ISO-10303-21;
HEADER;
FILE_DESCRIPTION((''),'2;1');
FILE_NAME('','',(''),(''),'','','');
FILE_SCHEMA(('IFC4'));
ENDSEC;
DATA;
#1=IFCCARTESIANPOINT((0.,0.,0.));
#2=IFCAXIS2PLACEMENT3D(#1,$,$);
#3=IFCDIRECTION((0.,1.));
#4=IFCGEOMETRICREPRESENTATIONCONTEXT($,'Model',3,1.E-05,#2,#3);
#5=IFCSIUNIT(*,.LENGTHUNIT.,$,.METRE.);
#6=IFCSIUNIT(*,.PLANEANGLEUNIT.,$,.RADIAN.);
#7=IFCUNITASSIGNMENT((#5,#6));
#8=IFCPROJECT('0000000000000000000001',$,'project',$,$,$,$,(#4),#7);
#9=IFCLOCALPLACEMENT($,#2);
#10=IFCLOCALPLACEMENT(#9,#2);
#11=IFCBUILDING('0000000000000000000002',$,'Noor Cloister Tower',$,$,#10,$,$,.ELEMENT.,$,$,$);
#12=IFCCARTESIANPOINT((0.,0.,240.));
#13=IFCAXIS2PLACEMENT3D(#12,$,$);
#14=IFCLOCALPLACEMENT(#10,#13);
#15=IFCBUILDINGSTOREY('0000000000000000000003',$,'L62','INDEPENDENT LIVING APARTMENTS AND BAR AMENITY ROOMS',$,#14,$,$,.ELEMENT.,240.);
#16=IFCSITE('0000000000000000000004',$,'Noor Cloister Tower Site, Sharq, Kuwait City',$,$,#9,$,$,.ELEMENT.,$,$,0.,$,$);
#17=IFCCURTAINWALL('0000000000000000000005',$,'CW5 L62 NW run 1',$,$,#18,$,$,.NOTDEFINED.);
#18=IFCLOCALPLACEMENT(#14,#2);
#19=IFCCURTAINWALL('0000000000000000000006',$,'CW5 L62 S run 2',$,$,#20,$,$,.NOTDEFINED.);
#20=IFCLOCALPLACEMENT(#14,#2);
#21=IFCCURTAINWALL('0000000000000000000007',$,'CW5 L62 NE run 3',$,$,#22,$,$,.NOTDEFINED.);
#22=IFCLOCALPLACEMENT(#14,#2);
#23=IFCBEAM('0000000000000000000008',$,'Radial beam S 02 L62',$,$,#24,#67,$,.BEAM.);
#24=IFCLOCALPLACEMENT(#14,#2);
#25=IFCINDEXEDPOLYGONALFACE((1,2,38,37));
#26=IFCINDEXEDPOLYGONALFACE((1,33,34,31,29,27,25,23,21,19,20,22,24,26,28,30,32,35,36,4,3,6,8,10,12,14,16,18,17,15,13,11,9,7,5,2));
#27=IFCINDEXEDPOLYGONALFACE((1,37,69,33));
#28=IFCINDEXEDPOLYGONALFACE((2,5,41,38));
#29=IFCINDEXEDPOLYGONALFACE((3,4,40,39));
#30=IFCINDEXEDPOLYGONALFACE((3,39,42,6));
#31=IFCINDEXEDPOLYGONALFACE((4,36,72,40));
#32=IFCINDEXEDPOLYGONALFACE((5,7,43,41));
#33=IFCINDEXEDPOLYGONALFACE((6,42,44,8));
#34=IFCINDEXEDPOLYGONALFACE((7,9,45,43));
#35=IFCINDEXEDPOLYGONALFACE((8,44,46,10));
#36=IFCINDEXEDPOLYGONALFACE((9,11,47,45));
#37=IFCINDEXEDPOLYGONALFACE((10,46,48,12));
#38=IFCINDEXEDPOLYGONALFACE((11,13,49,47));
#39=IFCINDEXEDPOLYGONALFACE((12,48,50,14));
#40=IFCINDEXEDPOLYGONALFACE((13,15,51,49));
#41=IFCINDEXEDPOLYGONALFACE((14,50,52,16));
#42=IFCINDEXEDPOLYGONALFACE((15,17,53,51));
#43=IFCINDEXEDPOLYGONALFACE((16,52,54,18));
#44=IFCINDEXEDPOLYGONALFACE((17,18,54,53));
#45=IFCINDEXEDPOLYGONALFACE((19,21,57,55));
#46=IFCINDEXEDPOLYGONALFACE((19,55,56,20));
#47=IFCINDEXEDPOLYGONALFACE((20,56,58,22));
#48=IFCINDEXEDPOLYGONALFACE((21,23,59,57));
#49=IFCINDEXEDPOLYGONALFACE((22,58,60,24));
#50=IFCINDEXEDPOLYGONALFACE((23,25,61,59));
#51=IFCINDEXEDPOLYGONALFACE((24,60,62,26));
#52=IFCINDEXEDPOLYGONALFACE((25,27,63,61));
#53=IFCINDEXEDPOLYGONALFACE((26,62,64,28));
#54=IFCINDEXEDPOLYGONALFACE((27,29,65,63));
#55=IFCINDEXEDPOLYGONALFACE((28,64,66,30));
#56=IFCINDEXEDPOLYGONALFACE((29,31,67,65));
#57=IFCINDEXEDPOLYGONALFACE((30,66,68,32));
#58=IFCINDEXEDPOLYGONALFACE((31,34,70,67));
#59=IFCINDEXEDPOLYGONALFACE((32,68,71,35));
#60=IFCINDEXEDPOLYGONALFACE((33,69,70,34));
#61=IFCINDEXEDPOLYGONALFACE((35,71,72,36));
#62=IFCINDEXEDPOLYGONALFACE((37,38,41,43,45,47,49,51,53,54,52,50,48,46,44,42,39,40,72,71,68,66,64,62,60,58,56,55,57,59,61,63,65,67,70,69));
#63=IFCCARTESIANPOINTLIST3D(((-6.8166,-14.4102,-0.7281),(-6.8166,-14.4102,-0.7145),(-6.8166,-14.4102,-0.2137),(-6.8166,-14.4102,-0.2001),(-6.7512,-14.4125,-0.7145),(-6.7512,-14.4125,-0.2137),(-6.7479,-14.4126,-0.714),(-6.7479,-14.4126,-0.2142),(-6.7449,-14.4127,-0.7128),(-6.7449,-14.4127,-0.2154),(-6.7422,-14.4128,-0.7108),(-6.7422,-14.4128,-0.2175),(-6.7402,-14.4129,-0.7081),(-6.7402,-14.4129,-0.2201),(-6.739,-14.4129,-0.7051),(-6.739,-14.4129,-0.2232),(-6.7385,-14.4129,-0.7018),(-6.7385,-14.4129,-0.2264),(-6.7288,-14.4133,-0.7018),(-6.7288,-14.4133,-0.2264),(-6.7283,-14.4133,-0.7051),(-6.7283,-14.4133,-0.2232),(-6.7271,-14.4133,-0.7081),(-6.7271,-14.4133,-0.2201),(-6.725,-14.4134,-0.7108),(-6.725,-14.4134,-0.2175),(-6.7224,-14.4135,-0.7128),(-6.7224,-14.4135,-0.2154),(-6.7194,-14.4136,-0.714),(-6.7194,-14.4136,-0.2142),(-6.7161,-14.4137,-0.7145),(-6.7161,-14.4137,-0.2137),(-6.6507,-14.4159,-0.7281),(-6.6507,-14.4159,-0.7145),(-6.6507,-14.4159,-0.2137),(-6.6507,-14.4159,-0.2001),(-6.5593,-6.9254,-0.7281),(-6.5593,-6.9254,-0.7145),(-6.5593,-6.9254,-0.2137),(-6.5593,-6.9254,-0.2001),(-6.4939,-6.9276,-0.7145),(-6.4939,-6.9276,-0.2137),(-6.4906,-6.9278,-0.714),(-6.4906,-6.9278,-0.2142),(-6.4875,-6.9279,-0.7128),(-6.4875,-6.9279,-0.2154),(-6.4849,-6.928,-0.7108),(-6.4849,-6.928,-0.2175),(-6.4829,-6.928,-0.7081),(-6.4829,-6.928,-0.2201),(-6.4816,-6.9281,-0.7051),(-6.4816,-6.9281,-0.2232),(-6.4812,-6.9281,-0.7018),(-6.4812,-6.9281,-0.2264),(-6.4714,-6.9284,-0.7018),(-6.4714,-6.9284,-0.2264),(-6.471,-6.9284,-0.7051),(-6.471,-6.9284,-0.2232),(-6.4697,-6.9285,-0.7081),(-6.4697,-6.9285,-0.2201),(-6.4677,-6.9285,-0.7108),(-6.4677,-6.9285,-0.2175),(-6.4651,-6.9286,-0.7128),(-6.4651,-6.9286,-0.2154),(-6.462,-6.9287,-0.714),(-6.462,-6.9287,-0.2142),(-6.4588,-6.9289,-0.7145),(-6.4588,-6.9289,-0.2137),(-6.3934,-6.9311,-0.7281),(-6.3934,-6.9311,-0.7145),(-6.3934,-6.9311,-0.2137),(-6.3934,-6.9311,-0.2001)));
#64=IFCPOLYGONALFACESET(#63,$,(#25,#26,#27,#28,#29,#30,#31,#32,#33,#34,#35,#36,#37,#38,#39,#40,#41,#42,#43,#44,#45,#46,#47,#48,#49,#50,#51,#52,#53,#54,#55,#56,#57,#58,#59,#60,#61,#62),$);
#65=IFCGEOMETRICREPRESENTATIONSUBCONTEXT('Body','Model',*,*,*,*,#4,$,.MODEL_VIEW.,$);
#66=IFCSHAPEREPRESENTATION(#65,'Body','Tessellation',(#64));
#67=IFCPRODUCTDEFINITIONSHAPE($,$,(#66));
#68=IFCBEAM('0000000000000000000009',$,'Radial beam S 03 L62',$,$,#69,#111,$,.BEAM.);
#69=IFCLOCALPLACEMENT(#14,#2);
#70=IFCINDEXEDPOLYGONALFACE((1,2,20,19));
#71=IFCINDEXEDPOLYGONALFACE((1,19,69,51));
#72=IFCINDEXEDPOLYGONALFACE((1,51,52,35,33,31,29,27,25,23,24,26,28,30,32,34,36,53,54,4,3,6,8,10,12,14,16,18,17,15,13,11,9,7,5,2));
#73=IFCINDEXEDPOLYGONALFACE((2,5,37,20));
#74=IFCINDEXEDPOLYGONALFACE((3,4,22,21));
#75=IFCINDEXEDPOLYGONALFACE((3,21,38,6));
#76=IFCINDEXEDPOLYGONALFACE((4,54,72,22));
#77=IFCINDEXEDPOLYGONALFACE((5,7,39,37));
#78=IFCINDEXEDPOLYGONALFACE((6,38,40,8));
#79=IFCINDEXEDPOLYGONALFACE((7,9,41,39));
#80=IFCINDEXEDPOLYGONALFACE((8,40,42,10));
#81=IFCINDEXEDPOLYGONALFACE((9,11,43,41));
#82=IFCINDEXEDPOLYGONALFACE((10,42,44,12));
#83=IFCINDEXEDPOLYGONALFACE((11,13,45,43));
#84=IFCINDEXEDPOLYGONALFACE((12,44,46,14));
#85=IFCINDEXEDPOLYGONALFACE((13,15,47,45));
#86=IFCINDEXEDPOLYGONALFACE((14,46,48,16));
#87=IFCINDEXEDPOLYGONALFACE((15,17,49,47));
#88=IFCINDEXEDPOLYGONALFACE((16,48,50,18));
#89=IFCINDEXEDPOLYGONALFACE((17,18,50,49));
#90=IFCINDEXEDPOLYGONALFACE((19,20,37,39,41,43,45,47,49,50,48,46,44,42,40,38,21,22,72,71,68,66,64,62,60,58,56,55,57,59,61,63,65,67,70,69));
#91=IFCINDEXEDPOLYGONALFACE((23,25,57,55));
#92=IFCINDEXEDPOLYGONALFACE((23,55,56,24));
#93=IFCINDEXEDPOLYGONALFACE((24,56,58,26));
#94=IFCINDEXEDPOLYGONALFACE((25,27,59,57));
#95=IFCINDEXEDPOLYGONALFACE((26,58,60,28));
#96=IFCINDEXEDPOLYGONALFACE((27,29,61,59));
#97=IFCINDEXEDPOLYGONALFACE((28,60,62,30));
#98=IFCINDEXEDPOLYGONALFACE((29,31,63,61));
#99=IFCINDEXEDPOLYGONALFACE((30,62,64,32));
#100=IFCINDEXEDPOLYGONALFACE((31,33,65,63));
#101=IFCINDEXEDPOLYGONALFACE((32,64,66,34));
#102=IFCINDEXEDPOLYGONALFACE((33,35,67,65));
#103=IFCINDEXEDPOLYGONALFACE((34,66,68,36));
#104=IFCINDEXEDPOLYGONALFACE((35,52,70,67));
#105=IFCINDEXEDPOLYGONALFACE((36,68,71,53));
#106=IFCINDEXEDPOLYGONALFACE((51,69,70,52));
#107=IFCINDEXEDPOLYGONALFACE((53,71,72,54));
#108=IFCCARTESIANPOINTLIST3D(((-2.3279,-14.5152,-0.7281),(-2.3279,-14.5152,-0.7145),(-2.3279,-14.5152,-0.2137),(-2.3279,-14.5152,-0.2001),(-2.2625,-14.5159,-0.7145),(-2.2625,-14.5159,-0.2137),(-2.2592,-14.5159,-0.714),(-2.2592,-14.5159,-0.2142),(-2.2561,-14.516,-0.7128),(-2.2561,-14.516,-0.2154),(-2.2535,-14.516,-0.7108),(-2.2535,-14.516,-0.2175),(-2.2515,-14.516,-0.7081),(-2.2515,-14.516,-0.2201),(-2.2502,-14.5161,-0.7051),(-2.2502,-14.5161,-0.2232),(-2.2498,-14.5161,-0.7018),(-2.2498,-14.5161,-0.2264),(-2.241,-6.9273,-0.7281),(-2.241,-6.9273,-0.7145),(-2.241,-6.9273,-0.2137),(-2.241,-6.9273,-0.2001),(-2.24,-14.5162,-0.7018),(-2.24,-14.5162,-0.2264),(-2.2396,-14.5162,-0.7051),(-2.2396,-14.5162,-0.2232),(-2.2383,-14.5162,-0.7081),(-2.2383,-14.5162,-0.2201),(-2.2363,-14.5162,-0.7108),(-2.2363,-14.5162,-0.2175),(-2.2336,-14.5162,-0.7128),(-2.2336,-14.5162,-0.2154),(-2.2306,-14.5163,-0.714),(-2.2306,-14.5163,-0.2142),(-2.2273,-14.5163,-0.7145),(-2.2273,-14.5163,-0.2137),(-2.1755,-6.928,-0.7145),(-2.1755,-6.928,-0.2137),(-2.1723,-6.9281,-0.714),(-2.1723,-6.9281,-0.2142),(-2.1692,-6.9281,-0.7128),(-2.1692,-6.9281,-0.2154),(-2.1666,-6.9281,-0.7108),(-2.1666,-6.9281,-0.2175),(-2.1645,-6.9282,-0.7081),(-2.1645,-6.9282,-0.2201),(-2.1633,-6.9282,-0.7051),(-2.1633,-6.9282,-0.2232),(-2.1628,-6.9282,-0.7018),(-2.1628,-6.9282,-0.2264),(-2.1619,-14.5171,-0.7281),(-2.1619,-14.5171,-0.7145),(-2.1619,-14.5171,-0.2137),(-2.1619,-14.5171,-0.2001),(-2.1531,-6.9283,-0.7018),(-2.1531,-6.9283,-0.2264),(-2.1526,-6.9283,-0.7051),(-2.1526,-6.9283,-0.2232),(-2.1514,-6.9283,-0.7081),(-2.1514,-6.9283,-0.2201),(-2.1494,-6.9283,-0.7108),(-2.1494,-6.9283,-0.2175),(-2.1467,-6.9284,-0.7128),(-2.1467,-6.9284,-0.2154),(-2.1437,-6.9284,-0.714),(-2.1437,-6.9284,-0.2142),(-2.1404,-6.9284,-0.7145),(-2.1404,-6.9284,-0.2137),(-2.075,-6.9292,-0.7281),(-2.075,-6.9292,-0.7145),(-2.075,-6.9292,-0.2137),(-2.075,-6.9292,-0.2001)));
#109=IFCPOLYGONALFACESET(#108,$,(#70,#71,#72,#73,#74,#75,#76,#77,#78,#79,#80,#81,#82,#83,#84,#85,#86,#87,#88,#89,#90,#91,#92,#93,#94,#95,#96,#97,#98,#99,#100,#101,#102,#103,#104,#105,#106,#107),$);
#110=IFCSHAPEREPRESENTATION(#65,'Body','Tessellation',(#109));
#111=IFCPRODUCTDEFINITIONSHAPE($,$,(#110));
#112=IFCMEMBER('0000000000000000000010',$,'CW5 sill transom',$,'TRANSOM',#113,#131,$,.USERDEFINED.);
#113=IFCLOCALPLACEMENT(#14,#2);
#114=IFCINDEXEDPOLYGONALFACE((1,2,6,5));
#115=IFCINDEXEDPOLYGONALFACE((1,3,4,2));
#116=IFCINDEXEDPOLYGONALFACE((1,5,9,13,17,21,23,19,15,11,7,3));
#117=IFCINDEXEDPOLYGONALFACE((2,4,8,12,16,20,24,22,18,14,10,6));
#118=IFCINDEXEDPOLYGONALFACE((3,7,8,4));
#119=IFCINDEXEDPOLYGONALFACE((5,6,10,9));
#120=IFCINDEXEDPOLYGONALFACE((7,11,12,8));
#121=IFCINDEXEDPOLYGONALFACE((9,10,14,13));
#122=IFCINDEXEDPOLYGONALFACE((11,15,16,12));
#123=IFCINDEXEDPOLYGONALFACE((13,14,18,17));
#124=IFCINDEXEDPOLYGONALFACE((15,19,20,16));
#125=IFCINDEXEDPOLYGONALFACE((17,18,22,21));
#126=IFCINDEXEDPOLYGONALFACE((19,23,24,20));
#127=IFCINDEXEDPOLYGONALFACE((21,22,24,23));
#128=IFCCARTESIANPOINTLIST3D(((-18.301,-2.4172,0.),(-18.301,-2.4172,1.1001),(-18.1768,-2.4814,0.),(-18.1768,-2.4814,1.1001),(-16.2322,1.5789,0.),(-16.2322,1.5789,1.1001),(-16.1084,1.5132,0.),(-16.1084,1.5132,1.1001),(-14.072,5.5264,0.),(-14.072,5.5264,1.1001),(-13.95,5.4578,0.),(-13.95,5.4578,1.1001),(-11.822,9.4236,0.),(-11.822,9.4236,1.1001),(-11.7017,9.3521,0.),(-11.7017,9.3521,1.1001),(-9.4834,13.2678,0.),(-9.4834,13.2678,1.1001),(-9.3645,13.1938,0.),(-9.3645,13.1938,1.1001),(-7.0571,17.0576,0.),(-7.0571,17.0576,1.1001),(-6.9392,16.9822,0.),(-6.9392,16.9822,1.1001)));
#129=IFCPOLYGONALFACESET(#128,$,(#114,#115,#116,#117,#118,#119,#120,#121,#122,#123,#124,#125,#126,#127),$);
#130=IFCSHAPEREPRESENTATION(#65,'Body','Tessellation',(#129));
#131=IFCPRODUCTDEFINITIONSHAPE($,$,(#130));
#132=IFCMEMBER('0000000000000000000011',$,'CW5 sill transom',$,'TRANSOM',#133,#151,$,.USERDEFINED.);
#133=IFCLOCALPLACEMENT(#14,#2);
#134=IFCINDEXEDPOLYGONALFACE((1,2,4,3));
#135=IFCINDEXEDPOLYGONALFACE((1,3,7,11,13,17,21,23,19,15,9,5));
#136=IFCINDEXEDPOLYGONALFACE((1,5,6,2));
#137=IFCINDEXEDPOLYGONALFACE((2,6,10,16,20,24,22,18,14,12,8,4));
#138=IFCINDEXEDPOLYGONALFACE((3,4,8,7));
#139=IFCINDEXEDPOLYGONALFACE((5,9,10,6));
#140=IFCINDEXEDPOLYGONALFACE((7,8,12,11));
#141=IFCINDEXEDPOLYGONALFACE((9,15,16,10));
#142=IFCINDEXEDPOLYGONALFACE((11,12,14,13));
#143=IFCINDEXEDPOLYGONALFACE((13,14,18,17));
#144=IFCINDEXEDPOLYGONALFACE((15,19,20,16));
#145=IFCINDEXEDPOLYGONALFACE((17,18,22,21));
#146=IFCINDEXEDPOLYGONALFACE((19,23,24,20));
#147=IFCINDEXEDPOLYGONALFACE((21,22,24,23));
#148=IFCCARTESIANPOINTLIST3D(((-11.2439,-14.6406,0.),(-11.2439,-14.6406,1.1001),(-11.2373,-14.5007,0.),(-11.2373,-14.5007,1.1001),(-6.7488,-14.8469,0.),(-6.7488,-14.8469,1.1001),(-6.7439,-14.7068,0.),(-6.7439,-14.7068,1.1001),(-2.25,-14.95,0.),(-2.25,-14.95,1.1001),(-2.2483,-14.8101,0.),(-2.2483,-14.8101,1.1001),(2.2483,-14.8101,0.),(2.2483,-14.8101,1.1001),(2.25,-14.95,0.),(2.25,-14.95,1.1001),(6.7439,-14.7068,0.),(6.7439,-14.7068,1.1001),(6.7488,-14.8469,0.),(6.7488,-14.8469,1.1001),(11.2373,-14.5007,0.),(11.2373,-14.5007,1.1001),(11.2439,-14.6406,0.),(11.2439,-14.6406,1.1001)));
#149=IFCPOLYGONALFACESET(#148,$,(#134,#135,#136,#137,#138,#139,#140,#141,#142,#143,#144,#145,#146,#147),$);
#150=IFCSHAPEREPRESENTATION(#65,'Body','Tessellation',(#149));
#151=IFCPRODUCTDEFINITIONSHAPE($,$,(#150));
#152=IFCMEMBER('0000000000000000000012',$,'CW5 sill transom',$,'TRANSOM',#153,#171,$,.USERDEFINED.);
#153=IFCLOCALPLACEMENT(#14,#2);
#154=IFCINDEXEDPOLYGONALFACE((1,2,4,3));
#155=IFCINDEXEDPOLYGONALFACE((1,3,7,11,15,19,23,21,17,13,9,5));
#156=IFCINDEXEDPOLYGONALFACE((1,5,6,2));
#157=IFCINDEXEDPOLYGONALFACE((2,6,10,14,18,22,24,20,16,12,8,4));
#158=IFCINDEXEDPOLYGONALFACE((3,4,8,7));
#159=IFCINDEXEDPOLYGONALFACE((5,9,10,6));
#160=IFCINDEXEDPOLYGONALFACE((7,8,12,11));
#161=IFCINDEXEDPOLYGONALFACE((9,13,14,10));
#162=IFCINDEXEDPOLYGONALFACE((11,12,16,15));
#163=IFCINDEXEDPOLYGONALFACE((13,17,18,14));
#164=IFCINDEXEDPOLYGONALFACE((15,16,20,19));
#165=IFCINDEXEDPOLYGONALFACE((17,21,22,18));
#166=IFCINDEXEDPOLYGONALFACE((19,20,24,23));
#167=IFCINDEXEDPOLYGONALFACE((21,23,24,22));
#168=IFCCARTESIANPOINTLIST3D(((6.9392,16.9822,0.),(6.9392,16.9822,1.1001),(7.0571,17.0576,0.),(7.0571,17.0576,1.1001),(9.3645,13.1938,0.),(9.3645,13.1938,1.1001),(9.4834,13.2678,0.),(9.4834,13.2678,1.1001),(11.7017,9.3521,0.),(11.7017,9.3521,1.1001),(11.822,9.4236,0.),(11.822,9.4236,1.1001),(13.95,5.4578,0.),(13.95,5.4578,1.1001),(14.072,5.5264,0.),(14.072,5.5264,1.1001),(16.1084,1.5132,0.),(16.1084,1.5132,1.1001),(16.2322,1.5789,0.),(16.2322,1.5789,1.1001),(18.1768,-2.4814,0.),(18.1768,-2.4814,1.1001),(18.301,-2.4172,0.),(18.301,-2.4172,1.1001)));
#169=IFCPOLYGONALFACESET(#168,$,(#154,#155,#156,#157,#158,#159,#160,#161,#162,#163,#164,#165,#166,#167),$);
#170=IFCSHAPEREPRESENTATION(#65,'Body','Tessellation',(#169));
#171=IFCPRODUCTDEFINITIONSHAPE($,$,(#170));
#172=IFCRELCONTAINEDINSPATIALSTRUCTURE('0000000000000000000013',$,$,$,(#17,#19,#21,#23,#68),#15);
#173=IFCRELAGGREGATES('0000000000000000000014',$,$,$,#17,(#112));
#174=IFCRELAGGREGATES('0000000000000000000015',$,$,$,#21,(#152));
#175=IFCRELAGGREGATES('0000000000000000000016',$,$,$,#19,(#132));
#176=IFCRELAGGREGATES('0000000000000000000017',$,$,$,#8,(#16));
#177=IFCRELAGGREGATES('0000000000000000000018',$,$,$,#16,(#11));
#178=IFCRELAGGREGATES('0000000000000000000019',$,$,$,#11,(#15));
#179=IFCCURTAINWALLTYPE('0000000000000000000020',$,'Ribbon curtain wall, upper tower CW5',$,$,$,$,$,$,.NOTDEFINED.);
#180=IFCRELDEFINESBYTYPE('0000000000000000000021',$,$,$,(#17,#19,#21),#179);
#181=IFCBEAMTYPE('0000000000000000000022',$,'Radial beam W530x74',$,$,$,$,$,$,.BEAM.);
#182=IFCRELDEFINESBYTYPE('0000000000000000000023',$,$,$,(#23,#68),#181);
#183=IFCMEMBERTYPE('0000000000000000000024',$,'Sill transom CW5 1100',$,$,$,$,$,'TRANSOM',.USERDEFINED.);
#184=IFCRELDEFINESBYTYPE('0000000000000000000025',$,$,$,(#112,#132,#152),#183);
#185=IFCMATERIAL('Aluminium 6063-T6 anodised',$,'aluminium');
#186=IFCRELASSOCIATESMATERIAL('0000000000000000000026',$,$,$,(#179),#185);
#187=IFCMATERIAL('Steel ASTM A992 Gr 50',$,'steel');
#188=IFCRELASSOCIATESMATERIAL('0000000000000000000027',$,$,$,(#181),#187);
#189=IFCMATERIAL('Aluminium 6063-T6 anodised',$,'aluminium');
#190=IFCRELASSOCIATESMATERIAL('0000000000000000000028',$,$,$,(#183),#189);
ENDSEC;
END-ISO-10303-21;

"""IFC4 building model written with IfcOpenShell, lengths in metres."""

from ifc_helpers import new_model, si_unit, direction, frame, origin, origin_2d, place, context, subcontext, project, spatial, polyline, i_section, outline, extrude, material, material_profile, profile_set, type_object, element, aggregate, save


model = new_model("IFC4")

# Units and contexts
model_context = context("Model", 3, precision=1e-05, world=origin(), true_north=direction((0.0, 1.0)))
body_context = subcontext(model_context, "Body", "Model", "MODEL_VIEW")
ifc_project = project(units=[si_unit("LENGTHUNIT", "METRE"), si_unit("PLANEANGLEUNIT", "RADIAN")], contexts=[model_context])

# Site, building, storey
site_placement = place(None, origin())
site = spatial("IfcSite", under=ifc_project, at=site_placement, Name="Noor Cloister Tower Site, Sharq, Kuwait City", CompositionType="ELEMENT", RefElevation=0.0)
building_placement = place(site_placement, origin())
building = spatial("IfcBuilding", under=site, at=building_placement, Name="Noor Cloister Tower", CompositionType="ELEMENT")
storey_placement = place(building_placement, frame((0.0, 0.0, 240.0)))
storey = spatial("IfcBuildingStorey", under=building, at=storey_placement, Name="L62", Description="INDEPENDENT LIVING APARTMENTS AND BAR AMENITY ROOMS", CompositionType="ELEMENT", Elevation=240.0)

# Curtain walls
ifc_material_1 = material(Name="Aluminium 6063-T6 anodised", Category="aluminium")
curtain_wall_type = type_object("IfcCurtainWallType", Name="Ribbon curtain wall, upper tower CW5", PredefinedType="NOTDEFINED", material=ifc_material_1)
curtain_wall_1_placement = place(storey_placement, origin())
curtain_wall_1 = element("IfcCurtainWall", 1, at=curtain_wall_1_placement, inside=storey, type_object=curtain_wall_type, Name="CW5 L62 NW run 1", PredefinedType="NOTDEFINED")
curtain_wall_2_placement = place(storey_placement, origin())
curtain_wall_2 = element("IfcCurtainWall", 2, at=curtain_wall_2_placement, inside=storey, type_object=curtain_wall_type, Name="CW5 L62 S run 2", PredefinedType="NOTDEFINED")
curtain_wall_3_placement = place(storey_placement, origin())
curtain_wall_3 = element("IfcCurtainWall", 3, at=curtain_wall_3_placement, inside=storey, type_object=curtain_wall_type, Name="CW5 L62 NE run 3", PredefinedType="NOTDEFINED")

# Beams
ifc_material_2 = material(Name="Steel ASTM A992 Gr 50", Category="steel")
ifc_material_profile_1 = material_profile(ifc_material_2, i_section(OverallWidth=0.166, OverallDepth=0.5281, WebThickness=0.0098, FlangeThickness=0.0137, FilletRadius=0.0127, at=origin_2d()), Name="W530x74")
ifc_profile_set_1 = profile_set([ifc_material_profile_1], Name="Steel ASTM A992 Gr 50")
beam_type_1 = type_object("IfcBeamType", Name="Radial beam W530x74", PredefinedType="BEAM", material=ifc_profile_set_1)
beam_1_placement = place(storey_placement, frame((-6.7336, -14.4131, -0.4641), z_axis=(0.034359, 0.99941, 0.0), x_axis=(-0.99941, 0.034359, 0.0)))
element("IfcBeam", 4, at=beam_1_placement, inside=storey, type_object=beam_type_1, Name="Radial beam S 02 L62", PredefinedType="BEAM", context=body_context, shape_type="SweptSolid", body=[
    extrude(i_section(OverallWidth=0.166, OverallDepth=0.5281, WebThickness=0.0098, FlangeThickness=0.0137, FilletRadius=0.0127, at=origin_2d()), origin(), (0.0, 0.0, 1.0), 7.4893),
])
beam_2_placement = place(storey_placement, frame((-2.2449, -14.5161, -0.4641), z_axis=(0.011454, 0.999934, 0.0), x_axis=(-0.999934, 0.011454, 0.0)))
element("IfcBeam", 5, at=beam_2_placement, inside=storey, type_object=beam_type_1, Name="Radial beam S 03 L62", PredefinedType="BEAM", context=body_context, shape_type="SweptSolid", body=[
    extrude(i_section(OverallWidth=0.166, OverallDepth=0.5281, WebThickness=0.0098, FlangeThickness=0.0137, FilletRadius=0.0127, at=origin_2d()), origin(), (0.0, 0.0, 1.0), 7.5884),
])

# Members
ifc_material_3 = material(Name="Aluminium 6063-T6 anodised", Category="aluminium")
member_type_1 = type_object("IfcMemberType", Name="Sill transom CW5 1100", ElementType="TRANSOM", PredefinedType="USERDEFINED", material=ifc_material_3)
member_1_placement = place(storey_placement, origin())
member_1 = element("IfcMember", 6, at=member_1_placement, type_object=member_type_1, Name="CW5 sill transom", ObjectType="TRANSOM", PredefinedType="USERDEFINED", context=body_context, shape_type="SweptSolid", body=[
    extrude(outline(polyline([(-7.0571, 17.0576), (-9.4834, 13.2678), (-11.822, 9.4236), (-14.072, 5.5264), (-16.2322, 1.5789), (-18.301, -2.4172), (-18.1768, -2.4814), (-16.1084, 1.5132), (-13.95, 5.4578), (-11.7017, 9.3521), (-9.3645, 13.1938), (-6.9392, 16.9822), (-7.0571, 17.0576)])), origin(), (0.0, 0.0, 1.0), 1.1001),
])
aggregate(curtain_wall_1, [member_1])
member_2_placement = place(storey_placement, origin())
member_2 = element("IfcMember", 7, at=member_2_placement, type_object=member_type_1, Name="CW5 sill transom", ObjectType="TRANSOM", PredefinedType="USERDEFINED", context=body_context, shape_type="SweptSolid", body=[
    extrude(outline(polyline([(-11.2439, -14.6406), (-6.7488, -14.8469), (-2.25, -14.95), (2.25, -14.95), (6.7488, -14.8469), (11.2439, -14.6406), (11.2373, -14.5007), (6.7439, -14.7068), (2.2483, -14.8101), (-2.2483, -14.8101), (-6.7439, -14.7068), (-11.2373, -14.5007), (-11.2439, -14.6406)])), origin(), (0.0, 0.0, 1.0), 1.1001),
])
member_3_placement = place(storey_placement, origin())
member_3 = element("IfcMember", 8, at=member_3_placement, type_object=member_type_1, Name="CW5 sill transom", ObjectType="TRANSOM", PredefinedType="USERDEFINED", context=body_context, shape_type="SweptSolid", body=[
    extrude(outline(polyline([(18.301, -2.4172), (16.2322, 1.5789), (14.072, 5.5264), (11.822, 9.4236), (9.4834, 13.2678), (7.0571, 17.0576), (6.9392, 16.9822), (9.3645, 13.1938), (11.7017, 9.3521), (13.95, 5.4578), (16.1084, 1.5132), (18.1768, -2.4814), (18.301, -2.4172)])), origin(), (0.0, 0.0, 1.0), 1.1001),
])
aggregate(curtain_wall_3, [member_3])

aggregate(curtain_wall_2, [member_2])

save(model, "model.ifc")
